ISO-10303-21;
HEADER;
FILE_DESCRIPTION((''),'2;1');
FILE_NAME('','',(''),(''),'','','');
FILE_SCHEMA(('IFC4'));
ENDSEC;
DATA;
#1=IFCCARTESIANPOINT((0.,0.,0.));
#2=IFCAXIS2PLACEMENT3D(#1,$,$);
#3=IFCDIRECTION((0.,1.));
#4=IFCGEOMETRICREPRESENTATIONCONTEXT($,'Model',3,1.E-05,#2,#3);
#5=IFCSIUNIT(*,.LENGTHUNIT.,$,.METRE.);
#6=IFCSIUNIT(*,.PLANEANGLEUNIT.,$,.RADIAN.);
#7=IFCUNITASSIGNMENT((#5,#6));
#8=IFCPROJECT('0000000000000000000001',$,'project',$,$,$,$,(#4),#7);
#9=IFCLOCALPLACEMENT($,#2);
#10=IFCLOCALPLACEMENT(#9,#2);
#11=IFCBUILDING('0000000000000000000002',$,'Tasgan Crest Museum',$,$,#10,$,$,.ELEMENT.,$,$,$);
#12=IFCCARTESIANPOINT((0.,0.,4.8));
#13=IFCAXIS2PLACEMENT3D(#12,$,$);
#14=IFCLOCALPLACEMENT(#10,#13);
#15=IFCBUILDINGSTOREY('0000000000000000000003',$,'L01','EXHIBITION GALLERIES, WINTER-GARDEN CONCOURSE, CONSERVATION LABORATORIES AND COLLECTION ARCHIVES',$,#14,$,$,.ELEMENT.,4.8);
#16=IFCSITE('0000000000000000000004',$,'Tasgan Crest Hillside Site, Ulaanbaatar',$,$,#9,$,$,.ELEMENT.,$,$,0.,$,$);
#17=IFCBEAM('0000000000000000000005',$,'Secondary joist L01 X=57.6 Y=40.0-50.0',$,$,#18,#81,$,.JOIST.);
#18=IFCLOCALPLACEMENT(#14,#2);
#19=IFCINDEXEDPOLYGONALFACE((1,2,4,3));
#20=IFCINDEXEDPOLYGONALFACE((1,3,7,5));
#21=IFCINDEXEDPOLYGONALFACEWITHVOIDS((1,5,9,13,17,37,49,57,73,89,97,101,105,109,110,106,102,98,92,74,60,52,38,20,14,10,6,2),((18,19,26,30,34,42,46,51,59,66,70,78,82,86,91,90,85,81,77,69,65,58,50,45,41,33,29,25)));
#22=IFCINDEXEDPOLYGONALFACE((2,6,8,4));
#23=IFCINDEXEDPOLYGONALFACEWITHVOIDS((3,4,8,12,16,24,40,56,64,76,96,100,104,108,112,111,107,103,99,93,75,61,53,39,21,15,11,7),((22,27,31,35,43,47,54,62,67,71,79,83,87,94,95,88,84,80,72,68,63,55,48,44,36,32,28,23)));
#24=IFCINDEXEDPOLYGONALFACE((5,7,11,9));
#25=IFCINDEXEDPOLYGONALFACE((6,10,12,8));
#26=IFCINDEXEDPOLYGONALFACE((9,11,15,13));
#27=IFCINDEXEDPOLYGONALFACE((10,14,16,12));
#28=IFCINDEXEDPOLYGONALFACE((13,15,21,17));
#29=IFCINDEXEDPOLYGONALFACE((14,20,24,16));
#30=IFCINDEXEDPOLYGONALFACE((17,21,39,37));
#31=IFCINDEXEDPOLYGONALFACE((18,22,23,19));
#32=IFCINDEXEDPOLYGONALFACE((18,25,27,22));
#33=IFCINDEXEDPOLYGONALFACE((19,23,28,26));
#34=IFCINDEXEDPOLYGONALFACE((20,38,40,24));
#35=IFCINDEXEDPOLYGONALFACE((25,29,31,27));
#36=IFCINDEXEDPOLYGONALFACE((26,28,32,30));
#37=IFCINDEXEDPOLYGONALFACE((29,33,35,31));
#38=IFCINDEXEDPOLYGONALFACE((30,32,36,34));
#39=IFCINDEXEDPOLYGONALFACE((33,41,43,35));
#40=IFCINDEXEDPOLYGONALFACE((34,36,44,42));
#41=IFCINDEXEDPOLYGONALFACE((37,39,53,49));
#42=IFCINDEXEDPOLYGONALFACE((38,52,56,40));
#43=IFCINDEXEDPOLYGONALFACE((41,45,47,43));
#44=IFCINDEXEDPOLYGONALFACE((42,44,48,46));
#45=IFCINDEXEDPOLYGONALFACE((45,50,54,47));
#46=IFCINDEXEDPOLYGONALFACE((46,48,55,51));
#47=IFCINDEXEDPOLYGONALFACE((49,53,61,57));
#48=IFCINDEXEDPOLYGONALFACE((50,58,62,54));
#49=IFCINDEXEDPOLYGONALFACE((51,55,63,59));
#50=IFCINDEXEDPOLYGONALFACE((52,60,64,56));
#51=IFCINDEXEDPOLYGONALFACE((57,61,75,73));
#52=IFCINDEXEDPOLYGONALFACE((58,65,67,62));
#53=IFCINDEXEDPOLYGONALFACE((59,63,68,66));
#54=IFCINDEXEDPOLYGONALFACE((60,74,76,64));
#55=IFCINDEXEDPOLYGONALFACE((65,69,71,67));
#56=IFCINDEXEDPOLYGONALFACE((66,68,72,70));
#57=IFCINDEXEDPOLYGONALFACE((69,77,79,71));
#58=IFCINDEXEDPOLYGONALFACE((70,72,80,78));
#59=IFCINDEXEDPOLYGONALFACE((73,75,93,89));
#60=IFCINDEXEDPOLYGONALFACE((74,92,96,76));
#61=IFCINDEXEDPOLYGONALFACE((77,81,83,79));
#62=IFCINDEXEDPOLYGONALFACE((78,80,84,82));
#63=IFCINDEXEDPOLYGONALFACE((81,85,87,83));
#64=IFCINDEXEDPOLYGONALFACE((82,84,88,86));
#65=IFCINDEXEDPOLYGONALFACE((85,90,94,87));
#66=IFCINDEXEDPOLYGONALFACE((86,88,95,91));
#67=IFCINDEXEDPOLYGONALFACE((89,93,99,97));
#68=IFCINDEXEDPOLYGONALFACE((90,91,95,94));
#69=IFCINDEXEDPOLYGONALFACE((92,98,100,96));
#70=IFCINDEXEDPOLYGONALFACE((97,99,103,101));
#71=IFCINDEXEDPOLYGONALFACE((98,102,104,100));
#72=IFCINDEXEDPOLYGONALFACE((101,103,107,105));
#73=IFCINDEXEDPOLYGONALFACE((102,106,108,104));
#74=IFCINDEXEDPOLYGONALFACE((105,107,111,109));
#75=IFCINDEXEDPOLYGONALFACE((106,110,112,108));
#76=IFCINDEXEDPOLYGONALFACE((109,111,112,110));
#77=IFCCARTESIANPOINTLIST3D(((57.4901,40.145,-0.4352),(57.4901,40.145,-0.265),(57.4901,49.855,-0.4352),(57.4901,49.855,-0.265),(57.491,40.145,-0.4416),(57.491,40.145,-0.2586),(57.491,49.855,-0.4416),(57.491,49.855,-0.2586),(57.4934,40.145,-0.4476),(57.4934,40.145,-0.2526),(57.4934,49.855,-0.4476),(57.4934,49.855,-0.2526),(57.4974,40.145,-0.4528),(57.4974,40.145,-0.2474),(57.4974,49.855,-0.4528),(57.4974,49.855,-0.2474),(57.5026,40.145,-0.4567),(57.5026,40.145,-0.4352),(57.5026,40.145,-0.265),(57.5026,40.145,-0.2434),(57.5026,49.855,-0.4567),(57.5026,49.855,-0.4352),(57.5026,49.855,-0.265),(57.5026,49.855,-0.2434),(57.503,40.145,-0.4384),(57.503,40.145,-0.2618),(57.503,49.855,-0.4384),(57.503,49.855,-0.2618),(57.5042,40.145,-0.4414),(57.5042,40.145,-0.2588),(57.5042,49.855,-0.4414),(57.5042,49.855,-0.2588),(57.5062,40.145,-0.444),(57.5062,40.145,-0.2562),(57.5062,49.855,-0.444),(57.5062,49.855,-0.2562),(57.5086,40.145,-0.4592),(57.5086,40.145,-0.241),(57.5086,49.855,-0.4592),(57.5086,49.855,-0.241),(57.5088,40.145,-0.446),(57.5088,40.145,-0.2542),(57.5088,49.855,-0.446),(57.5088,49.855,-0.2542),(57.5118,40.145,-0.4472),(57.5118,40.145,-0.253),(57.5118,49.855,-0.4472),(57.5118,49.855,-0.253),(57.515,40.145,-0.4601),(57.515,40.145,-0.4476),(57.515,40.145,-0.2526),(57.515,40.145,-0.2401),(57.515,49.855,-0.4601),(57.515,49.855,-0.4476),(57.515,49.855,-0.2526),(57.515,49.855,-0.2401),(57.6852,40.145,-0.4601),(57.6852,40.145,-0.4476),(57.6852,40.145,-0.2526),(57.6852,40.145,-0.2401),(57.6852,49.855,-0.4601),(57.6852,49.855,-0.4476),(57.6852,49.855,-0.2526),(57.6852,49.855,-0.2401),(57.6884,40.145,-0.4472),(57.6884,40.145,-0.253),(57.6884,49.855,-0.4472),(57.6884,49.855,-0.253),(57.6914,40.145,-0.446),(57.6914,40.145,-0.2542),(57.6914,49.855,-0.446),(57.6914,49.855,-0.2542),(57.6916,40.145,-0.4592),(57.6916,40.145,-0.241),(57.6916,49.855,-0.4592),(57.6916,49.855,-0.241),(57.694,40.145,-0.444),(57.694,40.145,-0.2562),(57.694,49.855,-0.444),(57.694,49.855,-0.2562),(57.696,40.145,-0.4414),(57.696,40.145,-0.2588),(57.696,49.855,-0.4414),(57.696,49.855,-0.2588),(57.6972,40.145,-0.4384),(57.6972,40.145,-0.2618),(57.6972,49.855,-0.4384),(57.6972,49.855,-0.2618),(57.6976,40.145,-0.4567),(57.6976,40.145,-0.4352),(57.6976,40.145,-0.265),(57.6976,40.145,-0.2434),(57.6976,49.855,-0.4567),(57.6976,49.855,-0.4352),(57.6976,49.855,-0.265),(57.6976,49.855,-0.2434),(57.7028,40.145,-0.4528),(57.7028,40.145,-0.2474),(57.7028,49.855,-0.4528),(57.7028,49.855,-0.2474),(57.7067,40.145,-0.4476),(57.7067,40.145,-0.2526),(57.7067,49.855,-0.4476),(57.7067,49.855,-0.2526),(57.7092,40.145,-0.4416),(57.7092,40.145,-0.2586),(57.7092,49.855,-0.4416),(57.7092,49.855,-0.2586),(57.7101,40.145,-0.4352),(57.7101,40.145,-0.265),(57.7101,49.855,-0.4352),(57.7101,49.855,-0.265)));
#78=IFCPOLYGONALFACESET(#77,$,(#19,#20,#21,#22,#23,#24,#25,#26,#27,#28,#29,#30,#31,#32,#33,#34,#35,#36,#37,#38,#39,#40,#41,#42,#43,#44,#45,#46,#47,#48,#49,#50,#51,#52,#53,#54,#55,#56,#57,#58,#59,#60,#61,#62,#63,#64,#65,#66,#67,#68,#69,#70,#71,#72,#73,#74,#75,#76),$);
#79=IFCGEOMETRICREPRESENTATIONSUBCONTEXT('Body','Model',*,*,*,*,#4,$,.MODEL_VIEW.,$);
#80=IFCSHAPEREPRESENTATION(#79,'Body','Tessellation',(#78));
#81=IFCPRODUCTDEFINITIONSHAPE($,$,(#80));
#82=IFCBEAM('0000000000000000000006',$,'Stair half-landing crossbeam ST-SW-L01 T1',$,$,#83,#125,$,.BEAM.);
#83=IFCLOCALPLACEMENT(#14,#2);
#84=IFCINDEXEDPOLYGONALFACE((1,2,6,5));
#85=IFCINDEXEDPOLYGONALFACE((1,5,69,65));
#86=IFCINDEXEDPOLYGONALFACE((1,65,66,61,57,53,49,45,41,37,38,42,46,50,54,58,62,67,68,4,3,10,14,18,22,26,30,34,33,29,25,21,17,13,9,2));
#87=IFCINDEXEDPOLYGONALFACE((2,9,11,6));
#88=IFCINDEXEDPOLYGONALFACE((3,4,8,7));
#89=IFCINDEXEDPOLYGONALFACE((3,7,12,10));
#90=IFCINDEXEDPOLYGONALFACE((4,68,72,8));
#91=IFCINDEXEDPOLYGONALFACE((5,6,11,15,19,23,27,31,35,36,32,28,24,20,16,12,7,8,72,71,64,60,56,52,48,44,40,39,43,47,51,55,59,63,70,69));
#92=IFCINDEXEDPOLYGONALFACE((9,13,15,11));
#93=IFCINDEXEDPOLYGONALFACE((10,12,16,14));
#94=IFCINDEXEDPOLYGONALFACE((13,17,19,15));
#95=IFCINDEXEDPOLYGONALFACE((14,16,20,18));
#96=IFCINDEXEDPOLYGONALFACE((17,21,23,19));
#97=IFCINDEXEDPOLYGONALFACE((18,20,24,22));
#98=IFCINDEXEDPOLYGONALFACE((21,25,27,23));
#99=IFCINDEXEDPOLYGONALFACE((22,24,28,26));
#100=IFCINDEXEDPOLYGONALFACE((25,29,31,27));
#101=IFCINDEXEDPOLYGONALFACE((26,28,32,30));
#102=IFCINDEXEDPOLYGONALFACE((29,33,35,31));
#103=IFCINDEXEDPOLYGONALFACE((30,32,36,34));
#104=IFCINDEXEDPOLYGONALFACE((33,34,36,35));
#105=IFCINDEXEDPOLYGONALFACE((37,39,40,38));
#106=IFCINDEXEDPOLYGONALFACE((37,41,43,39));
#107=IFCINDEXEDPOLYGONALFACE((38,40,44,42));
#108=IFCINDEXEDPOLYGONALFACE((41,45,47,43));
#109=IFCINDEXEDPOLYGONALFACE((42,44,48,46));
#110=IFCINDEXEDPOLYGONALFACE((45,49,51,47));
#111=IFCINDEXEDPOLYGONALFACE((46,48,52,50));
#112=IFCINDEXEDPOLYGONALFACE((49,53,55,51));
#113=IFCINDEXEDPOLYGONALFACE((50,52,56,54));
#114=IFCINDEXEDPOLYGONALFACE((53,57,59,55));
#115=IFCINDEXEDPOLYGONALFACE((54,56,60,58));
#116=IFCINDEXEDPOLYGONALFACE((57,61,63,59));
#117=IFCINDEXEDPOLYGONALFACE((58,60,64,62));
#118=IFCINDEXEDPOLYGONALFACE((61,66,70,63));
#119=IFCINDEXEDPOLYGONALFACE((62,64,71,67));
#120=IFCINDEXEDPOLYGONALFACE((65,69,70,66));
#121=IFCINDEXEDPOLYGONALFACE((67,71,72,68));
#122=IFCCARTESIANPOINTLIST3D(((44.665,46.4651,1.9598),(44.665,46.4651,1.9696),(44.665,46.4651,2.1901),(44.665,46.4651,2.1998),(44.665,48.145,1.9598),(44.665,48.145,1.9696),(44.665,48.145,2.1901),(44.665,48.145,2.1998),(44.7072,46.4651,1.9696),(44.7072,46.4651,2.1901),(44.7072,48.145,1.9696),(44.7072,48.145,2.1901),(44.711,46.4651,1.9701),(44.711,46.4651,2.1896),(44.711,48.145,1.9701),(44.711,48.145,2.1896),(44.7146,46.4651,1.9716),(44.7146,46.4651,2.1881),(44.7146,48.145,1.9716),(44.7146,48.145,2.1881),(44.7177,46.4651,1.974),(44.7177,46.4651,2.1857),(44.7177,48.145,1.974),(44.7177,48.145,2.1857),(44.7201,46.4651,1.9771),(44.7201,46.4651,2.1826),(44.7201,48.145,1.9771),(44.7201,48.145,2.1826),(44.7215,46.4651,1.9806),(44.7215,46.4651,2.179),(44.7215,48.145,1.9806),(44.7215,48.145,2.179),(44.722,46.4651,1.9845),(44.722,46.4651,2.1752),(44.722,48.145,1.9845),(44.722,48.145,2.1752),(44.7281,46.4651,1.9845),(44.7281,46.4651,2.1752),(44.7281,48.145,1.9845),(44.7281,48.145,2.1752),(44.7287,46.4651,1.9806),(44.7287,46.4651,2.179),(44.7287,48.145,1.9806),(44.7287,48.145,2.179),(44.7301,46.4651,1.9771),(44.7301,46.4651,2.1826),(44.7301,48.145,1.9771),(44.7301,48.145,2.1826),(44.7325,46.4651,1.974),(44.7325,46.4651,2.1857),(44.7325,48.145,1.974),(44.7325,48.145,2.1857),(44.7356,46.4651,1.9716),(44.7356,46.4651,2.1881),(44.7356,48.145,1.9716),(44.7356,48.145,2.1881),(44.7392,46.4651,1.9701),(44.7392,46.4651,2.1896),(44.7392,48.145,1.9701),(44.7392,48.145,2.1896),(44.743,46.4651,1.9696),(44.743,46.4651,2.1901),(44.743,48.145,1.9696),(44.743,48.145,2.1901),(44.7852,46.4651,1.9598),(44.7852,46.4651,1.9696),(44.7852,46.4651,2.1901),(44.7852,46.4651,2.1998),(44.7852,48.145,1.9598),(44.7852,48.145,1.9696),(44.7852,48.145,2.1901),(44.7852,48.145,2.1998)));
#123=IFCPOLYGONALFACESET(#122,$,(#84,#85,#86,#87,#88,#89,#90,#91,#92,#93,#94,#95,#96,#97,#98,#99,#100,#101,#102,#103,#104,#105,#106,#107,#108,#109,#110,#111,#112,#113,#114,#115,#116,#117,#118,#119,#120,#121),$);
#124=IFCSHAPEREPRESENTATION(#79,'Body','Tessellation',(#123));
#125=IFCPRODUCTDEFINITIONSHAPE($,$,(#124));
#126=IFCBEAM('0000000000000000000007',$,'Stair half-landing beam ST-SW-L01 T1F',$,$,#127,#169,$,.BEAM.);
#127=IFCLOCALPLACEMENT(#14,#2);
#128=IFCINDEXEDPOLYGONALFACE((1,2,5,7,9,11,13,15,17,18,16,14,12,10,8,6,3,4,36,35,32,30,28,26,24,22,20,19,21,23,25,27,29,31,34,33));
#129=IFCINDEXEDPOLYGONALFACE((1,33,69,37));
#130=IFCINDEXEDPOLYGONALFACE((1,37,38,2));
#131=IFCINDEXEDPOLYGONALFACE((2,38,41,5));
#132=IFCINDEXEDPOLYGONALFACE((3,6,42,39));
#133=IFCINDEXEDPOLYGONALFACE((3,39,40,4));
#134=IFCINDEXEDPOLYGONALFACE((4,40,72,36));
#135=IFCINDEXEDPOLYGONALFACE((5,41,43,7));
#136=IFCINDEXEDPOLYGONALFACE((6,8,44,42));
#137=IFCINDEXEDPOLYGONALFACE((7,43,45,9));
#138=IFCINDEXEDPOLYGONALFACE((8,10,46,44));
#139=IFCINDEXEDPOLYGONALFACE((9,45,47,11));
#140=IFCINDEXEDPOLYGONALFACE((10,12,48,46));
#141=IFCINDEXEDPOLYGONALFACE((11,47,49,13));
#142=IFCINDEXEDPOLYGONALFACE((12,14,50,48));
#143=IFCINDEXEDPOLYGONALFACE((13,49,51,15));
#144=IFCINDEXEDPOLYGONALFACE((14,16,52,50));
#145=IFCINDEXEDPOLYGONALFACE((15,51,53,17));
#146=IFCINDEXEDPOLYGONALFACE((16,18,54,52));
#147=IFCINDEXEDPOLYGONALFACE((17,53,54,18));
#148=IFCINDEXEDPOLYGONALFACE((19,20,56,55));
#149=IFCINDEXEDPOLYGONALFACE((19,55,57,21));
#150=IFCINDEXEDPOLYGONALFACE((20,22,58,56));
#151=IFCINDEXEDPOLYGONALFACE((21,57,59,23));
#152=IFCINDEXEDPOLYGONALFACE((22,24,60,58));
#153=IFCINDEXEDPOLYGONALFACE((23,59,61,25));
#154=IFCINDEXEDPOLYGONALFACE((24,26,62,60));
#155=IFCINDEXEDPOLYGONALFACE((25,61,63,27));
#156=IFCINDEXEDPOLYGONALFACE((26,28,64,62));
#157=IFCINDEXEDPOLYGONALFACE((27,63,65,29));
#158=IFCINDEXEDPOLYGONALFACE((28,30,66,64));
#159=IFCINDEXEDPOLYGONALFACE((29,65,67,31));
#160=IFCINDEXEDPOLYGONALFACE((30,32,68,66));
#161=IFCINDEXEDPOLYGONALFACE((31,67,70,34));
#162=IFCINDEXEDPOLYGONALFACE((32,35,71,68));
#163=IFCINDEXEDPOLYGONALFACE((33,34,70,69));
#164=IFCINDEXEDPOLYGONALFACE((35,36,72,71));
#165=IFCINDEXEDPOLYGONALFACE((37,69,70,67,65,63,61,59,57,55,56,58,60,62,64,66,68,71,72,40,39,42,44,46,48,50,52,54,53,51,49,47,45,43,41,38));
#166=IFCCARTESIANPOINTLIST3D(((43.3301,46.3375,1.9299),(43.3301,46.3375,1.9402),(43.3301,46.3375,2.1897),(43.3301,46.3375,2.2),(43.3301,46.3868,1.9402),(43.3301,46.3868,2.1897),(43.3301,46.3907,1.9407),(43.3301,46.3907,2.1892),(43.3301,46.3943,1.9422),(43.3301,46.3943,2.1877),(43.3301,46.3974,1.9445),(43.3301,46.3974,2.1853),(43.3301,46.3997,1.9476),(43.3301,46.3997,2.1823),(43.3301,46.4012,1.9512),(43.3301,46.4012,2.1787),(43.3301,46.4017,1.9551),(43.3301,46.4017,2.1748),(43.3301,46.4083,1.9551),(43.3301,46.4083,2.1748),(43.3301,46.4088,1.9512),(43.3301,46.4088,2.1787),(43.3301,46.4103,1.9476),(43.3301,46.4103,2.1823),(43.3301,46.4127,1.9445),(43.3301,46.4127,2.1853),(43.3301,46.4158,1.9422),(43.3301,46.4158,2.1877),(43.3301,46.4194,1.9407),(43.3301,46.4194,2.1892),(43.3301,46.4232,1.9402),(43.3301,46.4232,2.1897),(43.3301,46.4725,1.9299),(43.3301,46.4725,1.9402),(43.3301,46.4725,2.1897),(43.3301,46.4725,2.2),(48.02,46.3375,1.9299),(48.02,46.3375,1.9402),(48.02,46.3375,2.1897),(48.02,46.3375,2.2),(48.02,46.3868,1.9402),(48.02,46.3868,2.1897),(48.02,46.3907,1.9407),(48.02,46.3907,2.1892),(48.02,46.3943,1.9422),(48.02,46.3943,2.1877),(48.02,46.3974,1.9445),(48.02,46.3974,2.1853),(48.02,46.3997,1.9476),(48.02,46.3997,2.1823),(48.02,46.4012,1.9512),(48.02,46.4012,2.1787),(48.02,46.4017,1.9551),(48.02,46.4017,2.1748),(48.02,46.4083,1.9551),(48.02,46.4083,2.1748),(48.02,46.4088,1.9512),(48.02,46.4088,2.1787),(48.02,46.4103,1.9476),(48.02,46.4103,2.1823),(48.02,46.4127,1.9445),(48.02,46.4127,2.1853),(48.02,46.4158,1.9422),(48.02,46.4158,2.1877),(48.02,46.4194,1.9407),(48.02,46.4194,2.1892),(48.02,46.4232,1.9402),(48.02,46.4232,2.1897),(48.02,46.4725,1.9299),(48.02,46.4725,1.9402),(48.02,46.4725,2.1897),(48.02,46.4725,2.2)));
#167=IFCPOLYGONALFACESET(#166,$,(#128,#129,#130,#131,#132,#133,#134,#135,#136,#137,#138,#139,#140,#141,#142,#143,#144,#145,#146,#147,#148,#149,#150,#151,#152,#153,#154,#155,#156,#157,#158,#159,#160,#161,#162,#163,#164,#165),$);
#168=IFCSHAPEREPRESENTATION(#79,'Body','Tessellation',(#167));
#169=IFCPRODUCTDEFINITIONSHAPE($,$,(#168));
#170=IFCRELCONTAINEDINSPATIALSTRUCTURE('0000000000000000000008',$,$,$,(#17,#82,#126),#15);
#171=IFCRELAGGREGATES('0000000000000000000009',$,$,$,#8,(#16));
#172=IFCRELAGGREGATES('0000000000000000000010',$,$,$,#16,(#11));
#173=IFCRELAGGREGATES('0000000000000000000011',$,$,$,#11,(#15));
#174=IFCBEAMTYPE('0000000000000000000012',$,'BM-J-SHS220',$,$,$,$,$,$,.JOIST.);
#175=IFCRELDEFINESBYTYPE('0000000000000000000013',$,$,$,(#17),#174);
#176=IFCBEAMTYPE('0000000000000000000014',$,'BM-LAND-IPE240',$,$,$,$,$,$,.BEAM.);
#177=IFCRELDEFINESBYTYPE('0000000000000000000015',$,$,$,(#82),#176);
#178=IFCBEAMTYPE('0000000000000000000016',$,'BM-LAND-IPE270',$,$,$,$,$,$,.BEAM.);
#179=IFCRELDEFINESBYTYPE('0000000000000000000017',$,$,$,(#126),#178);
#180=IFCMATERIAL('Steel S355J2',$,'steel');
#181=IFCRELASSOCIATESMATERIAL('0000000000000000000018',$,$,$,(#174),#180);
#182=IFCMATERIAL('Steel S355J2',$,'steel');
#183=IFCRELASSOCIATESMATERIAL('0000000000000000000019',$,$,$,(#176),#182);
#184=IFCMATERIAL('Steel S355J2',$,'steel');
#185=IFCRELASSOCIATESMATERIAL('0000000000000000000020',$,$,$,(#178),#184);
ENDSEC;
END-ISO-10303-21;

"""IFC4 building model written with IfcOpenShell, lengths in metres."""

from ifc_helpers import new_model, si_unit, direction, frame, origin, origin_2d, place, context, subcontext, project, spatial, hollow_rectangle, i_section, extrude, material, material_profile, profile_set, type_object, element, save


model = new_model("IFC4")

# Units and contexts
model_context = context("Model", 3, precision=1e-05, world=origin(), true_north=direction((0.0, 1.0)))
body_context = subcontext(model_context, "Body", "Model", "MODEL_VIEW")
ifc_project = project(units=[si_unit("LENGTHUNIT", "METRE"), si_unit("PLANEANGLEUNIT", "RADIAN")], contexts=[model_context])

# Site, building, storey
site_placement = place(None, origin())
site = spatial("IfcSite", under=ifc_project, at=site_placement, Name="Tasgan Crest Hillside Site, Ulaanbaatar", CompositionType="ELEMENT", RefElevation=0.0)
building_placement = place(site_placement, origin())
building = spatial("IfcBuilding", under=site, at=building_placement, Name="Tasgan Crest Museum", CompositionType="ELEMENT")
storey_placement = place(building_placement, frame((0.0, 0.0, 4.8)))
storey = spatial("IfcBuildingStorey", under=building, at=storey_placement, Name="L01", Description="EXHIBITION GALLERIES, WINTER-GARDEN CONCOURSE, CONSERVATION LABORATORIES AND COLLECTION ARCHIVES", CompositionType="ELEMENT", Elevation=4.8)

# Beams
ifc_material_1 = material(Name="Steel S355J2", Category="steel")
ifc_material_profile_1 = material_profile(ifc_material_1, hollow_rectangle(XDim=0.22, YDim=0.22, WallThickness=0.0125, InnerFilletRadius=0.0125, OuterFilletRadius=0.0249, at=origin_2d()), Name="SHS 220x220x12.5")
ifc_profile_set_1 = profile_set([ifc_material_profile_1], Name="Steel S355J2")
beam_type_1 = type_object("IfcBeamType", Name="BM-J-SHS220", PredefinedType="JOIST", material=ifc_profile_set_1)
beam_1_placement = place(storey_placement, frame((57.6001, 40.145, -0.3501), z_axis=(0.0, 1.0, 0.0), x_axis=(-1.0, 0.0, 0.0)))
element("IfcBeam", 1, at=beam_1_placement, inside=storey, type_object=beam_type_1, Name="Secondary joist L01 X=57.6 Y=40.0-50.0", PredefinedType="JOIST", context=body_context, shape_type="SweptSolid", body=[
    extrude(hollow_rectangle(XDim=0.22, YDim=0.22, WallThickness=0.0125, InnerFilletRadius=0.0125, OuterFilletRadius=0.0249, at=origin_2d()), origin(), (0.0, 0.0, 1.0), 9.71),
])
ifc_material_2 = material(Name="Steel S355J2", Category="steel")
ifc_material_profile_2 = material_profile(ifc_material_2, i_section(OverallWidth=0.1201, OverallDepth=0.24, WebThickness=0.0061, FlangeThickness=0.0098, FilletRadius=0.0149, at=origin_2d()), Name="IPE 240")
ifc_profile_set_2 = profile_set([ifc_material_profile_2], Name="Steel S355J2")
beam_type_2 = type_object("IfcBeamType", Name="BM-LAND-IPE240", PredefinedType="BEAM", material=ifc_profile_set_2)
beam_2_placement = place(storey_placement, frame((44.7251, 46.4651, 2.0798), z_axis=(0.0, 1.0, 0.0), x_axis=(-1.0, 0.0, 0.0)))
element("IfcBeam", 2, at=beam_2_placement, inside=storey, type_object=beam_type_2, Name="Stair half-landing crossbeam ST-SW-L01 T1", PredefinedType="BEAM", context=body_context, shape_type="SweptSolid", body=[
    extrude(i_section(OverallWidth=0.1201, OverallDepth=0.24, WebThickness=0.0061, FlangeThickness=0.0098, FilletRadius=0.0149, at=origin_2d()), origin(), (0.0, 0.0, 1.0), 1.6799),
])
ifc_material_3 = material(Name="Steel S355J2", Category="steel")
ifc_material_profile_3 = material_profile(ifc_material_3, i_section(OverallWidth=0.135, OverallDepth=0.27, WebThickness=0.0066, FlangeThickness=0.0103, FilletRadius=0.0149, at=origin_2d()), Name="IPE 270")
ifc_profile_set_3 = profile_set([ifc_material_profile_3], Name="Steel S355J2")
beam_type_3 = type_object("IfcBeamType", Name="BM-LAND-IPE270", PredefinedType="BEAM", material=ifc_profile_set_3)
for number, where, z_axis, x_axis, name in (
    (3, (43.3301, 46.405, 2.0649), (1.0, 0.0, 0.0), (0.0, 1.0, 0.0), "Stair half-landing beam ST-SW-L01 T1F"),
):
    element("IfcBeam", number, at=place(storey_placement, frame(where, z_axis=z_axis, x_axis=x_axis)), inside=storey, type_object=beam_type_3, Name=name, PredefinedType="BEAM", context=body_context, shape_type="SweptSolid", body=[
        extrude(i_section(OverallWidth=0.135, OverallDepth=0.27, WebThickness=0.0066, FlangeThickness=0.0103, FilletRadius=0.0149, at=origin_2d()), origin(), (0.0, 0.0, 1.0), 4.6899),
    ])

save(model, "model.ifc")
